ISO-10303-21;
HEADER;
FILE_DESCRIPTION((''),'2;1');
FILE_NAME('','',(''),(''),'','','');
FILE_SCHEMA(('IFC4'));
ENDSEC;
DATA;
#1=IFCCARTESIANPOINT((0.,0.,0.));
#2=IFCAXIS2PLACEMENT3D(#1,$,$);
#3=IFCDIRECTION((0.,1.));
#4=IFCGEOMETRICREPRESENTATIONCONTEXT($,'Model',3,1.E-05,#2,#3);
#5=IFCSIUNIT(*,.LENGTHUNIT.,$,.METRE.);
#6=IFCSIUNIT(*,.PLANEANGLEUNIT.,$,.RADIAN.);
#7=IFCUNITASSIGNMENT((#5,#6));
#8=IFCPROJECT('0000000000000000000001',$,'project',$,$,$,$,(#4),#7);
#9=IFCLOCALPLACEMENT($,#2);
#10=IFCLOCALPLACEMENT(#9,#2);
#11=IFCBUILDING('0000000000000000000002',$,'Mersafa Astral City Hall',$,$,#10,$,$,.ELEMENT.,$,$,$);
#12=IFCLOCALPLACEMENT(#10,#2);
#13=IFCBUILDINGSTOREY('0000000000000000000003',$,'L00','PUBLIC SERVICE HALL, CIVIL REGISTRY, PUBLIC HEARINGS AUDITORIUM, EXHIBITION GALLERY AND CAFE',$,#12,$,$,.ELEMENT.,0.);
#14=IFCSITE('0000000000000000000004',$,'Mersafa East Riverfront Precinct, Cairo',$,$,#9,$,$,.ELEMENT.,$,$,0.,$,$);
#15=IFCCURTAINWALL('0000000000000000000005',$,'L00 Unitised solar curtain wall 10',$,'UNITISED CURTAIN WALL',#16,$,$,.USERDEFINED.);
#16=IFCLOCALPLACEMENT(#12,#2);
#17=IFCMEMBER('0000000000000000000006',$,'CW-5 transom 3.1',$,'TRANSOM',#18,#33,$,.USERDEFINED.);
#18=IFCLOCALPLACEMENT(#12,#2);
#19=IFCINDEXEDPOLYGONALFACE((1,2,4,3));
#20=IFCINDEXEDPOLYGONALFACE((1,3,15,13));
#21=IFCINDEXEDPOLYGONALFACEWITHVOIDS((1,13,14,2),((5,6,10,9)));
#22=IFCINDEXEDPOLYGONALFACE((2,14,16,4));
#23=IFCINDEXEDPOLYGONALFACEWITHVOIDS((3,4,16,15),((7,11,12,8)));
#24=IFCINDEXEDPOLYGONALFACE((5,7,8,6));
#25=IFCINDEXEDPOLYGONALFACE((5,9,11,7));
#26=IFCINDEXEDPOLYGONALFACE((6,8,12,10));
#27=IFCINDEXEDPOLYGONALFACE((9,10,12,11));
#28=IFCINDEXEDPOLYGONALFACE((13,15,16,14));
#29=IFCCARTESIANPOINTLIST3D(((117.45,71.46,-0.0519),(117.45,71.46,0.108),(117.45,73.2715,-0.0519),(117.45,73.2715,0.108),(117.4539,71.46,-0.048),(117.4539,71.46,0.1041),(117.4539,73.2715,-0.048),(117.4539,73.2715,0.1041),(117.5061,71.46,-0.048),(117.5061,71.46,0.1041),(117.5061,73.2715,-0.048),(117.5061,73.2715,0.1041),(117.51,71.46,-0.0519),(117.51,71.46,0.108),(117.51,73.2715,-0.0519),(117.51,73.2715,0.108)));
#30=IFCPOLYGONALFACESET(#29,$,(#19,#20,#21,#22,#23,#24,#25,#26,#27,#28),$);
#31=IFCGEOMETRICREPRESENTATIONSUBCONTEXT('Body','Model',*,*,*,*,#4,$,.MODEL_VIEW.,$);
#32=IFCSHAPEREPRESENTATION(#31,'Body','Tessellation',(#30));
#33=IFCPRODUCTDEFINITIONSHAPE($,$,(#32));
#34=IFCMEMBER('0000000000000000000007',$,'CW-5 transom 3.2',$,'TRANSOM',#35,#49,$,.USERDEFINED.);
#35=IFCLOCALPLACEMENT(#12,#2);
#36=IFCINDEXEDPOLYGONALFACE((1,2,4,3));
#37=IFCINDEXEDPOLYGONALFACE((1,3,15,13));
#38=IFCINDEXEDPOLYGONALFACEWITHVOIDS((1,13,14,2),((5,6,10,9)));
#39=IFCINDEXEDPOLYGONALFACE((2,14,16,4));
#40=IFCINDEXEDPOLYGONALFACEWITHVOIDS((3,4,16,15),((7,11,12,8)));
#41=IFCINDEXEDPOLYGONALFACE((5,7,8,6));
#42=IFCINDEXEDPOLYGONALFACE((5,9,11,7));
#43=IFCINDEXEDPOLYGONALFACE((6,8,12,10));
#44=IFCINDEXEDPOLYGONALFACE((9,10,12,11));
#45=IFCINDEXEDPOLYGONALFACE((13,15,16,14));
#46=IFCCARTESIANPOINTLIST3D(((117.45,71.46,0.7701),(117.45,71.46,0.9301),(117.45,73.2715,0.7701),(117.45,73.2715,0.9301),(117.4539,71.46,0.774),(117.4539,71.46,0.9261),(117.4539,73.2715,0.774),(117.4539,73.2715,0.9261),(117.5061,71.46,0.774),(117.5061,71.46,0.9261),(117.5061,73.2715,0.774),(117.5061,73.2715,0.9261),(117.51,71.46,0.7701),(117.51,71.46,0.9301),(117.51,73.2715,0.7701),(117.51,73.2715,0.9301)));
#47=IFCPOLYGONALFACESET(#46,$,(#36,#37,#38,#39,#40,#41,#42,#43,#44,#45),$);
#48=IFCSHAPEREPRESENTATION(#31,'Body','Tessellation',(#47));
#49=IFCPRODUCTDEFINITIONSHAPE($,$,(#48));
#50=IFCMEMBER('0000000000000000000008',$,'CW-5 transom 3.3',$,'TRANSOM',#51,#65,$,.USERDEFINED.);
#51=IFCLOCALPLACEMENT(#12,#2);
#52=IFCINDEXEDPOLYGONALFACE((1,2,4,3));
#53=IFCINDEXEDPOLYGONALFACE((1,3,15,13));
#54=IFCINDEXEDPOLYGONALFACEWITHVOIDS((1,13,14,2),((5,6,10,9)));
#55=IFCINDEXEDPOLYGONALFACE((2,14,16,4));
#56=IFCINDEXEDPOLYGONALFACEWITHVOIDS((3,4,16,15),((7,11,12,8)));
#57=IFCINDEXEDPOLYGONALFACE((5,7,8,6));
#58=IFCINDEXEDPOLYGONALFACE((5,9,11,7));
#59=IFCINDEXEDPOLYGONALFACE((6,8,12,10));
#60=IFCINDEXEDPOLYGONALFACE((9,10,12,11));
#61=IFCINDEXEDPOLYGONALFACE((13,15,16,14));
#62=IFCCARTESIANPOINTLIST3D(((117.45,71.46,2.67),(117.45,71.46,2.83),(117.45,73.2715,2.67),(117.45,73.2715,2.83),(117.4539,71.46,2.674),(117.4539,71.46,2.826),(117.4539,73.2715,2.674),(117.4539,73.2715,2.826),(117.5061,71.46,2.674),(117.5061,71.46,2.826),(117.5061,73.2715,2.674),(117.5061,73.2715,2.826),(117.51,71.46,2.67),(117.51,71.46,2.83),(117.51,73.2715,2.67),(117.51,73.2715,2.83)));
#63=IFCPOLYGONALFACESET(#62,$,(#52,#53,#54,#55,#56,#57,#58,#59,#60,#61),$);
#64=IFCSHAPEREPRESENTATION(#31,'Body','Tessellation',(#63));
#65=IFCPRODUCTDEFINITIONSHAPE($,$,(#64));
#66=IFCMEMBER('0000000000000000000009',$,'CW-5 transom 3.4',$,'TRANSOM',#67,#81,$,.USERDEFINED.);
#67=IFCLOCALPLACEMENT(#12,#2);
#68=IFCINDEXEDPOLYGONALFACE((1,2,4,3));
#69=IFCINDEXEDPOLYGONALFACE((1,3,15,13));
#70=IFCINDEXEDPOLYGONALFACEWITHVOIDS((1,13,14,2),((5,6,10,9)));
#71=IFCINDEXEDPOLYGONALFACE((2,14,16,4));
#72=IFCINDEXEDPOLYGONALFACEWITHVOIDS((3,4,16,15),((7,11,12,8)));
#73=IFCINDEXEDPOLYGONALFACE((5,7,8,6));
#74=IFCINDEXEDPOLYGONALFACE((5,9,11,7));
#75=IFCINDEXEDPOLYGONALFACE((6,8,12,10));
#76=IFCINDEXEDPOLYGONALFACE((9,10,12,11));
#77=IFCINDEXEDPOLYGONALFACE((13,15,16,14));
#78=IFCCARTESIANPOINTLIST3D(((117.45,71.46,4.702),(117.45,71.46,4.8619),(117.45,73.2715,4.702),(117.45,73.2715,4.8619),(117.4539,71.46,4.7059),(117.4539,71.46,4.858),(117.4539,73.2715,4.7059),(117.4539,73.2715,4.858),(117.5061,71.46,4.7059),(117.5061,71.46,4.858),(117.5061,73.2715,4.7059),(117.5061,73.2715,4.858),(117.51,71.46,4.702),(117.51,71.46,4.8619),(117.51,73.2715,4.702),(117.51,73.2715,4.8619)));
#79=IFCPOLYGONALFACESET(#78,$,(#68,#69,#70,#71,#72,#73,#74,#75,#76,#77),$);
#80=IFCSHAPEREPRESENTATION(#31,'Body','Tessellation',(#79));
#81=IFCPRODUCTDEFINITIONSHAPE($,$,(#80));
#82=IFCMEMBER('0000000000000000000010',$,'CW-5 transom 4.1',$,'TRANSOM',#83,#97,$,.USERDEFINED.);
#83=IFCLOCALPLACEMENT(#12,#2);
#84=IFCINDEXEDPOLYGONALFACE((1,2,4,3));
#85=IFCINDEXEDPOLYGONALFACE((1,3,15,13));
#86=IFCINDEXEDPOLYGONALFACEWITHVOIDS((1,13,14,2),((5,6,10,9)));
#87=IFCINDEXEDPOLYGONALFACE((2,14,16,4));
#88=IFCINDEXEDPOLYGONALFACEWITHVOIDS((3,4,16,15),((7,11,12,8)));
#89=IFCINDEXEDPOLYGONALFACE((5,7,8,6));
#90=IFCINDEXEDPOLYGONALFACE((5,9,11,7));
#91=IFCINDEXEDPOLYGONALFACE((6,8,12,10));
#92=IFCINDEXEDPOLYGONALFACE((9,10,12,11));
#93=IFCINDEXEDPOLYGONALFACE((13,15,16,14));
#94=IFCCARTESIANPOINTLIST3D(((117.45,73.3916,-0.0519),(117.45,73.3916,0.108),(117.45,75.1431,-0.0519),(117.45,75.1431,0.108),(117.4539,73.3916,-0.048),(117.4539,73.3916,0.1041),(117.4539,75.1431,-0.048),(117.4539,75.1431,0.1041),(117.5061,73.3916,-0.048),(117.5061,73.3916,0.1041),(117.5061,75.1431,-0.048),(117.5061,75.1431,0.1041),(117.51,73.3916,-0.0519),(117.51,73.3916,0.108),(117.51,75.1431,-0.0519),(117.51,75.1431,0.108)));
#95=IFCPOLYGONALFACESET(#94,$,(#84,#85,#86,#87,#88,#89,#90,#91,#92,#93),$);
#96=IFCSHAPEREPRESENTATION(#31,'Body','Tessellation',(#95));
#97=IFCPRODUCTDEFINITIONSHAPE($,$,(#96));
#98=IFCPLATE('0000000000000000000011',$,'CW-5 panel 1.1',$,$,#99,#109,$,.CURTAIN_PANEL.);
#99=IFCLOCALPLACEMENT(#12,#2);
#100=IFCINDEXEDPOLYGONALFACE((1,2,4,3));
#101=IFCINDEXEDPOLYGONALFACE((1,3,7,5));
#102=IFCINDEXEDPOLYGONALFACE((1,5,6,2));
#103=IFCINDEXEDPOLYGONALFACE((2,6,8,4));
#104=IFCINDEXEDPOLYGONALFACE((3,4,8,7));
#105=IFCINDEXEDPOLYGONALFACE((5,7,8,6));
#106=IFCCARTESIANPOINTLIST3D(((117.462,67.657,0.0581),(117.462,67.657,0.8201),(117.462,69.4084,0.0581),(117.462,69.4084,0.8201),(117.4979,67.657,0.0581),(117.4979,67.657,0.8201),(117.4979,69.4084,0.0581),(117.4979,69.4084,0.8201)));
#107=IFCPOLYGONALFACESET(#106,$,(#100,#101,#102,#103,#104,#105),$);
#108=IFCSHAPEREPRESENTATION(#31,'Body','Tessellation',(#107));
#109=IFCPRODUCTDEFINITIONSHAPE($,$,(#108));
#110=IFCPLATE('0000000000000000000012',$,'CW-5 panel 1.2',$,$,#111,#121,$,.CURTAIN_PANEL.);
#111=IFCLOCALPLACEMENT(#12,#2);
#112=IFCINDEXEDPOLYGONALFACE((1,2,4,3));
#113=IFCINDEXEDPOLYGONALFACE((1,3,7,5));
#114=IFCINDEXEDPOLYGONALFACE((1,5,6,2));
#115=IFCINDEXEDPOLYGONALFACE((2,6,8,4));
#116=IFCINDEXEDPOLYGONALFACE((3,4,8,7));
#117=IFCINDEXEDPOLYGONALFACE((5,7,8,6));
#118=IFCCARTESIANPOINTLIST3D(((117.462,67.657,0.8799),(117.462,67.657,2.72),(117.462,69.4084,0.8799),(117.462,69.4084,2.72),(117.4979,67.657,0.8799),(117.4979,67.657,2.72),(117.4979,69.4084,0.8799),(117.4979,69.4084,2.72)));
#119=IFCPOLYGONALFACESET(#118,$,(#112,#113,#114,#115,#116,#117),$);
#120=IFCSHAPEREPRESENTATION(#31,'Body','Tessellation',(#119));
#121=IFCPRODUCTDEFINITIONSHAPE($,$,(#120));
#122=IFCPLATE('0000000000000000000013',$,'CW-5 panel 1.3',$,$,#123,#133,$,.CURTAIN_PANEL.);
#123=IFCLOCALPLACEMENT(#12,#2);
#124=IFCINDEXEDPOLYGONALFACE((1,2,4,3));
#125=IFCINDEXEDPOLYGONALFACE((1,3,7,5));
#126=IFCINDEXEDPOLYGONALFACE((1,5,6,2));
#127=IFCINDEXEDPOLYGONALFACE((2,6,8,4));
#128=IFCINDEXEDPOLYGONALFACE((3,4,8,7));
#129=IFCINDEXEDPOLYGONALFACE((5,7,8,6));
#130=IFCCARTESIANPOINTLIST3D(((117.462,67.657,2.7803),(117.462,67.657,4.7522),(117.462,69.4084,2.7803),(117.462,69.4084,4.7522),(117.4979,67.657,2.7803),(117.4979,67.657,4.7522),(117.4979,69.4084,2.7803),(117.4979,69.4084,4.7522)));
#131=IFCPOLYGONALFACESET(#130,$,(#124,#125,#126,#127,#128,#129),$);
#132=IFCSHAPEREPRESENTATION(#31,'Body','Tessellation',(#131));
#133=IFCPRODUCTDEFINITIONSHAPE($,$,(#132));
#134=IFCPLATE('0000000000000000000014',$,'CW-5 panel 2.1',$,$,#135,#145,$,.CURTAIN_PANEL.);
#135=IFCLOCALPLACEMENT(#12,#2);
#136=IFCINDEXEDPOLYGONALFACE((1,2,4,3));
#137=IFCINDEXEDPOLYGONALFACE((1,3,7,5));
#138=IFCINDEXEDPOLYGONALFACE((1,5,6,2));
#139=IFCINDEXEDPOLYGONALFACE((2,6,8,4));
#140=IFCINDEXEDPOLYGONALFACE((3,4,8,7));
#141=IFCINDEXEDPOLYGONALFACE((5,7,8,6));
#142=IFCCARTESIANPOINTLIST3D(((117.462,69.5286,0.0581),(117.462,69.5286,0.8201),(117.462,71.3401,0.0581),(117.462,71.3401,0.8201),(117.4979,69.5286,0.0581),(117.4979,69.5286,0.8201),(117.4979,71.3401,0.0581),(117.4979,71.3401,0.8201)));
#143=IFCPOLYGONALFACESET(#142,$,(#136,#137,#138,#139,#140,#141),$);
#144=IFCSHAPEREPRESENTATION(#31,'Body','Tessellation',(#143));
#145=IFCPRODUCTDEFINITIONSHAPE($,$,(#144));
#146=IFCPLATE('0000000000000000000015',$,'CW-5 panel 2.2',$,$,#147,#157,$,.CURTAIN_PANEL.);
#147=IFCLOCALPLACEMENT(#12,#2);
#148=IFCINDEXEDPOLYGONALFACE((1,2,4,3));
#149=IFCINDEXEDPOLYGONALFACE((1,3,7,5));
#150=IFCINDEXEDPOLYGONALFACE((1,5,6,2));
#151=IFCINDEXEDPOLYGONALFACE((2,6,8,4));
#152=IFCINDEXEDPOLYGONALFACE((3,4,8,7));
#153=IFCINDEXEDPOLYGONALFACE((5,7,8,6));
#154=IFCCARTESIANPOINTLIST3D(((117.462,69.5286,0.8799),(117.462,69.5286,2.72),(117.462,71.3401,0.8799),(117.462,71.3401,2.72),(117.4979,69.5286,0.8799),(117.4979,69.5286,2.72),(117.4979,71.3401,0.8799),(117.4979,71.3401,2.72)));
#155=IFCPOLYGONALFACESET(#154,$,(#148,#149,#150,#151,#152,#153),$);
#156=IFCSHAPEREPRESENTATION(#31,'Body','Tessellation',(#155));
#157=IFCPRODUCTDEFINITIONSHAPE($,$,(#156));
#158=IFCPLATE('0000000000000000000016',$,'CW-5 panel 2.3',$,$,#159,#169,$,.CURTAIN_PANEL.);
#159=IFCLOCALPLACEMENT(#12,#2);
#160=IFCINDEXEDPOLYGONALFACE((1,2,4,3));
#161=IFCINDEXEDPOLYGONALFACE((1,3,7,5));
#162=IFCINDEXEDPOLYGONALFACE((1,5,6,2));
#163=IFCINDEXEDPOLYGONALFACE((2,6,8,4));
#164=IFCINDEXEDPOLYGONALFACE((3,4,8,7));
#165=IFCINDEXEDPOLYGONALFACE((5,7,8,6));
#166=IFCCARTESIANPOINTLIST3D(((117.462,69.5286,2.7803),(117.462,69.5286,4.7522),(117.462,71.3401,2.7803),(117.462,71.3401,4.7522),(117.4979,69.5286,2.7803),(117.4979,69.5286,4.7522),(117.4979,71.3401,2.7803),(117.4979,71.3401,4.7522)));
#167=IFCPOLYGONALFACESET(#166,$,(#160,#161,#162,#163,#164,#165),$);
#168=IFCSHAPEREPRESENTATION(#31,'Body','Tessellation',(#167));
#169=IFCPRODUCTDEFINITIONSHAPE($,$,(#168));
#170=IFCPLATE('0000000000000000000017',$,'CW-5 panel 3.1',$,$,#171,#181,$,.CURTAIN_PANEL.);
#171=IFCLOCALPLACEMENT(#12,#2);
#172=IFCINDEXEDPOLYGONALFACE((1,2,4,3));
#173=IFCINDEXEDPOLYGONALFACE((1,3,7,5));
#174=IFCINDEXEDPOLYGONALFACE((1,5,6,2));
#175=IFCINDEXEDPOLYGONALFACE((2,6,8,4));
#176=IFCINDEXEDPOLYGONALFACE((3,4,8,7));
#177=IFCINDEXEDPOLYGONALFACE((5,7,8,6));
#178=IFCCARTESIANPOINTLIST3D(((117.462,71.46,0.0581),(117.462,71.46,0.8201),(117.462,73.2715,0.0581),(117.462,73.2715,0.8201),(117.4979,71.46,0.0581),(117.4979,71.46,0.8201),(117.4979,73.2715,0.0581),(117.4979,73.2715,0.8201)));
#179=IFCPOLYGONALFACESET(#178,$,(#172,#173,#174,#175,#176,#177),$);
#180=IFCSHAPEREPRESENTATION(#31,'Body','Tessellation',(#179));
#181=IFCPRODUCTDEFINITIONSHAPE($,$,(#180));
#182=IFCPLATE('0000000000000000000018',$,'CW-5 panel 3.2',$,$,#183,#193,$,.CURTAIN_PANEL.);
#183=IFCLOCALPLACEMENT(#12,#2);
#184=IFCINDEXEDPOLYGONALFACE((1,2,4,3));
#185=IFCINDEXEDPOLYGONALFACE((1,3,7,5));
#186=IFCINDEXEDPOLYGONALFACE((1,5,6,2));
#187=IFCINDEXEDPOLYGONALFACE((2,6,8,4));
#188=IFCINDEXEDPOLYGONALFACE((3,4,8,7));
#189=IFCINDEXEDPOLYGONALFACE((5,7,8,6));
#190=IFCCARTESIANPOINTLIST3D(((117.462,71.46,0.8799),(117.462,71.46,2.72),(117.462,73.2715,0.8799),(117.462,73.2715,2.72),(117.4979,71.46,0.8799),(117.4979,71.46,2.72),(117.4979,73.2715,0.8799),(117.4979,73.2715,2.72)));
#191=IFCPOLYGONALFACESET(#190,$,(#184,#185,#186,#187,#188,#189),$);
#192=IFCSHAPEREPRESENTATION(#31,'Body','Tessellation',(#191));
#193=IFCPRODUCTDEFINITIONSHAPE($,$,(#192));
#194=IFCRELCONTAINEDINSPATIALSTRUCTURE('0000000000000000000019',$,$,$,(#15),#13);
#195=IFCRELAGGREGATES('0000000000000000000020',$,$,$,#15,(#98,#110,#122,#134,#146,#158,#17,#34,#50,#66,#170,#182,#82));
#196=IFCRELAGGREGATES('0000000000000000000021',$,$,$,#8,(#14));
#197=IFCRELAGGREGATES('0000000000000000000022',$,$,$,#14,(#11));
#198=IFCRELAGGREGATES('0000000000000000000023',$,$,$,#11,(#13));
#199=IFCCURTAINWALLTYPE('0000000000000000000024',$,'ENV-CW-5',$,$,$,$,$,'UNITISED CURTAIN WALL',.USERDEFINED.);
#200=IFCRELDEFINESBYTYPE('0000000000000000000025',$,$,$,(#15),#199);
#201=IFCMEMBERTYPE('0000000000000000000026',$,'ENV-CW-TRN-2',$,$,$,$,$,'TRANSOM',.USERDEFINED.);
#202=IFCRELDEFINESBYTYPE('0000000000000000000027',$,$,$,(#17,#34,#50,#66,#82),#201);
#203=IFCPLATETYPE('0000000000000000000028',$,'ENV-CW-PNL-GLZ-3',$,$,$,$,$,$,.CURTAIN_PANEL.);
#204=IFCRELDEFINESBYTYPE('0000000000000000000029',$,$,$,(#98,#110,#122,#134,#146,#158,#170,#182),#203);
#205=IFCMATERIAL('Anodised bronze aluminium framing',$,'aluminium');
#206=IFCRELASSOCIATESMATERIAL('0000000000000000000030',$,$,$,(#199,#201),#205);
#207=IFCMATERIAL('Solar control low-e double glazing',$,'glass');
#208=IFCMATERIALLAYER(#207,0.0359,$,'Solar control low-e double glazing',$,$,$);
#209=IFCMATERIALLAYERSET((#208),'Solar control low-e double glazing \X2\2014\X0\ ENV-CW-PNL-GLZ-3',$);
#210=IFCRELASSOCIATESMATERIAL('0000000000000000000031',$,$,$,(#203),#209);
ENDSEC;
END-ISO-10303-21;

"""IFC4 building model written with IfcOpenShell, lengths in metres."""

from ifc_helpers import new_model, si_unit, direction, frame, origin, origin_2d, place, context, subcontext, project, spatial, rectangle, hollow_rectangle, extrude, material, layer, layer_set, material_profile, profile_set, type_object, element, aggregate, save


model = new_model("IFC4")

# Units and contexts
model_context = context("Model", 3, precision=1e-05, world=origin(), true_north=direction((0.0, 1.0)))
body_context = subcontext(model_context, "Body", "Model", "MODEL_VIEW")
ifc_project = project(units=[si_unit("LENGTHUNIT", "METRE"), si_unit("PLANEANGLEUNIT", "RADIAN")], contexts=[model_context])

# Site, building, storey
site_placement = place(None, origin())
site = spatial("IfcSite", under=ifc_project, at=site_placement, Name="Mersafa East Riverfront Precinct, Cairo", CompositionType="ELEMENT", RefElevation=0.0)
building_placement = place(site_placement, origin())
building = spatial("IfcBuilding", under=site, at=building_placement, Name="Mersafa Astral City Hall", CompositionType="ELEMENT")
storey_placement = place(building_placement, origin())
storey = spatial("IfcBuildingStorey", under=building, at=storey_placement, Name="L00", Description="PUBLIC SERVICE HALL, CIVIL REGISTRY, PUBLIC HEARINGS AUDITORIUM, EXHIBITION GALLERY AND CAFE", CompositionType="ELEMENT", Elevation=0.0)

# Curtain wall, members, plates
ifc_material_1 = material(Name="Anodised bronze aluminium framing", Category="aluminium")
curtain_wall_type = type_object("IfcCurtainWallType", Name="ENV-CW-5", ElementType="UNITISED CURTAIN WALL", PredefinedType="USERDEFINED", material=ifc_material_1)
curtain_wall_placement = place(storey_placement, origin())
curtain_wall = element("IfcCurtainWall", 1, at=curtain_wall_placement, inside=storey, type_object=curtain_wall_type, Name="L00 Unitised solar curtain wall 10", ObjectType="UNITISED CURTAIN WALL", PredefinedType="USERDEFINED")
ifc_material_profile_1 = material_profile(ifc_material_1, hollow_rectangle(XDim=0.0601, YDim=0.1599, WallThickness=0.0039, at=origin_2d()), Name="RHS 60x160x4")
ifc_profile_set_1 = profile_set([ifc_material_profile_1], Name="Anodised bronze aluminium framing")
member_type_1 = type_object("IfcMemberType", Name="ENV-CW-TRN-2", ElementType="TRANSOM", PredefinedType="USERDEFINED", material=ifc_profile_set_1)
member_1_placement = place(storey_placement, frame((117.48, 71.46, 0.0281), z_axis=(0.0, 1.0, 0.0), x_axis=(-1.0, 0.0, 0.0)))
member_1 = element("IfcMember", 2, at=member_1_placement, type_object=member_type_1, Name="CW-5 transom 3.1", ObjectType="TRANSOM", PredefinedType="USERDEFINED", context=body_context, shape_type="SweptSolid", body=[
    extrude(hollow_rectangle(XDim=0.0601, YDim=0.1599, WallThickness=0.0039, at=origin_2d()), origin(), (0.0, 0.0, 1.0), 1.8115),
])
member_2_placement = place(storey_placement, frame((117.48, 71.46, 0.8501), z_axis=(0.0, 1.0, 0.0), x_axis=(-1.0, 0.0, 0.0)))
member_2 = element("IfcMember", 3, at=member_2_placement, type_object=member_type_1, Name="CW-5 transom 3.2", ObjectType="TRANSOM", PredefinedType="USERDEFINED", context=body_context, shape_type="SweptSolid", body=[
    extrude(hollow_rectangle(XDim=0.0601, YDim=0.1599, WallThickness=0.0039, at=origin_2d()), origin(), (0.0, 0.0, 1.0), 1.8115),
])
member_3_placement = place(storey_placement, frame((117.48, 71.46, 2.75), z_axis=(0.0, 1.0, 0.0), x_axis=(-1.0, 0.0, 0.0)))
member_3 = element("IfcMember", 4, at=member_3_placement, type_object=member_type_1, Name="CW-5 transom 3.3", ObjectType="TRANSOM", PredefinedType="USERDEFINED", context=body_context, shape_type="SweptSolid", body=[
    extrude(hollow_rectangle(XDim=0.0601, YDim=0.1599, WallThickness=0.0039, at=origin_2d()), origin(), (0.0, 0.0, 1.0), 1.8115),
])
member_4_placement = place(storey_placement, frame((117.48, 71.46, 4.782), z_axis=(0.0, 1.0, 0.0), x_axis=(-1.0, 0.0, 0.0)))
member_4 = element("IfcMember", 5, at=member_4_placement, type_object=member_type_1, Name="CW-5 transom 3.4", ObjectType="TRANSOM", PredefinedType="USERDEFINED", context=body_context, shape_type="SweptSolid", body=[
    extrude(hollow_rectangle(XDim=0.0601, YDim=0.1599, WallThickness=0.0039, at=origin_2d()), origin(), (0.0, 0.0, 1.0), 1.8115),
])
member_5_placement = place(storey_placement, frame((117.48, 73.3916, 0.0281), z_axis=(0.0, 1.0, 0.0), x_axis=(-1.0, 0.0, 0.0)))
member_5 = element("IfcMember", 6, at=member_5_placement, type_object=member_type_1, Name="CW-5 transom 4.1", ObjectType="TRANSOM", PredefinedType="USERDEFINED", context=body_context, shape_type="SweptSolid", body=[
    extrude(hollow_rectangle(XDim=0.0601, YDim=0.1599, WallThickness=0.0039, at=origin_2d()), origin(), (0.0, 0.0, 1.0), 1.7515),
])
ifc_material_2 = material(Name="Solar control low-e double glazing", Category="glass")
ifc_layer = layer(ifc_material_2, 0.0359, Name="Solar control low-e double glazing")
ifc_layer_set = layer_set([ifc_layer], Name="Solar control low-e double glazing — ENV-CW-PNL-GLZ-3")
plate_type = type_object("IfcPlateType", Name="ENV-CW-PNL-GLZ-3", PredefinedType="CURTAIN_PANEL", material=ifc_layer_set)
plate_1_placement = place(storey_placement, frame((117.48, 68.5327, 0.0581), z_axis=(0.0, 0.0, 1.0), x_axis=(0.0, 1.0, 0.0)))
plate_1 = element("IfcPlate", 7, at=plate_1_placement, type_object=plate_type, Name="CW-5 panel 1.1", PredefinedType="CURTAIN_PANEL", context=body_context, shape_type="SweptSolid", body=[
    extrude(rectangle(XDim=1.7515, YDim=0.0359, at=origin_2d()), origin(), (0.0, 0.0, 1.0), 0.762),
])
plate_2_placement = place(storey_placement, frame((117.48, 68.5327, 0.8799), z_axis=(0.0, 0.0, 1.0), x_axis=(0.0, 1.0, 0.0)))
plate_2 = element("IfcPlate", 8, at=plate_2_placement, type_object=plate_type, Name="CW-5 panel 1.2", PredefinedType="CURTAIN_PANEL", context=body_context, shape_type="SweptSolid", body=[
    extrude(rectangle(XDim=1.7515, YDim=0.0359, at=origin_2d()), origin(), (0.0, 0.0, 1.0), 1.8401),
])
plate_3_placement = place(storey_placement, frame((117.48, 68.5327, 2.7803), z_axis=(0.0, 0.0, 1.0), x_axis=(0.0, 1.0, 0.0)))
plate_3 = element("IfcPlate", 9, at=plate_3_placement, type_object=plate_type, Name="CW-5 panel 1.3", PredefinedType="CURTAIN_PANEL", context=body_context, shape_type="SweptSolid", body=[
    extrude(rectangle(XDim=1.7515, YDim=0.0359, at=origin_2d()), origin(), (0.0, 0.0, 1.0), 1.9719),
])
plate_4_placement = place(storey_placement, frame((117.48, 70.4343, 0.0581), z_axis=(0.0, 0.0, 1.0), x_axis=(0.0, 1.0, 0.0)))
plate_4 = element("IfcPlate", 10, at=plate_4_placement, type_object=plate_type, Name="CW-5 panel 2.1", PredefinedType="CURTAIN_PANEL", context=body_context, shape_type="SweptSolid", body=[
    extrude(rectangle(XDim=1.8115, YDim=0.0359, at=origin_2d()), origin(), (0.0, 0.0, 1.0), 0.762),
])
plate_5_placement = place(storey_placement, frame((117.48, 70.4343, 0.8799), z_axis=(0.0, 0.0, 1.0), x_axis=(0.0, 1.0, 0.0)))
plate_5 = element("IfcPlate", 11, at=plate_5_placement, type_object=plate_type, Name="CW-5 panel 2.2", PredefinedType="CURTAIN_PANEL", context=body_context, shape_type="SweptSolid", body=[
    extrude(rectangle(XDim=1.8115, YDim=0.0359, at=origin_2d()), origin(), (0.0, 0.0, 1.0), 1.8401),
])
plate_6_placement = place(storey_placement, frame((117.48, 70.4343, 2.7803), z_axis=(0.0, 0.0, 1.0), x_axis=(0.0, 1.0, 0.0)))
plate_6 = element("IfcPlate", 12, at=plate_6_placement, type_object=plate_type, Name="CW-5 panel 2.3", PredefinedType="CURTAIN_PANEL", context=body_context, shape_type="SweptSolid", body=[
    extrude(rectangle(XDim=1.8115, YDim=0.0359, at=origin_2d()), origin(), (0.0, 0.0, 1.0), 1.9719),
])
plate_7_placement = place(storey_placement, frame((117.48, 72.3657, 0.0581), z_axis=(0.0, 0.0, 1.0), x_axis=(0.0, 1.0, 0.0)))
plate_7 = element("IfcPlate", 13, at=plate_7_placement, type_object=plate_type, Name="CW-5 panel 3.1", PredefinedType="CURTAIN_PANEL", context=body_context, shape_type="SweptSolid", body=[
    extrude(rectangle(XDim=1.8115, YDim=0.0359, at=origin_2d()), origin(), (0.0, 0.0, 1.0), 0.762),
])
plate_8_placement = place(storey_placement, frame((117.48, 72.3657, 0.8799), z_axis=(0.0, 0.0, 1.0), x_axis=(0.0, 1.0, 0.0)))
plate_8 = element("IfcPlate", 14, at=plate_8_placement, type_object=plate_type, Name="CW-5 panel 3.2", PredefinedType="CURTAIN_PANEL", context=body_context, shape_type="SweptSolid", body=[
    extrude(rectangle(XDim=1.8115, YDim=0.0359, at=origin_2d()), origin(), (0.0, 0.0, 1.0), 1.8401),
])
aggregate(curtain_wall, [plate_1, plate_2, plate_3, plate_4, plate_5, plate_6, member_1, member_2, member_3, member_4, plate_7, plate_8, member_5])

save(model, "model.ifc")
